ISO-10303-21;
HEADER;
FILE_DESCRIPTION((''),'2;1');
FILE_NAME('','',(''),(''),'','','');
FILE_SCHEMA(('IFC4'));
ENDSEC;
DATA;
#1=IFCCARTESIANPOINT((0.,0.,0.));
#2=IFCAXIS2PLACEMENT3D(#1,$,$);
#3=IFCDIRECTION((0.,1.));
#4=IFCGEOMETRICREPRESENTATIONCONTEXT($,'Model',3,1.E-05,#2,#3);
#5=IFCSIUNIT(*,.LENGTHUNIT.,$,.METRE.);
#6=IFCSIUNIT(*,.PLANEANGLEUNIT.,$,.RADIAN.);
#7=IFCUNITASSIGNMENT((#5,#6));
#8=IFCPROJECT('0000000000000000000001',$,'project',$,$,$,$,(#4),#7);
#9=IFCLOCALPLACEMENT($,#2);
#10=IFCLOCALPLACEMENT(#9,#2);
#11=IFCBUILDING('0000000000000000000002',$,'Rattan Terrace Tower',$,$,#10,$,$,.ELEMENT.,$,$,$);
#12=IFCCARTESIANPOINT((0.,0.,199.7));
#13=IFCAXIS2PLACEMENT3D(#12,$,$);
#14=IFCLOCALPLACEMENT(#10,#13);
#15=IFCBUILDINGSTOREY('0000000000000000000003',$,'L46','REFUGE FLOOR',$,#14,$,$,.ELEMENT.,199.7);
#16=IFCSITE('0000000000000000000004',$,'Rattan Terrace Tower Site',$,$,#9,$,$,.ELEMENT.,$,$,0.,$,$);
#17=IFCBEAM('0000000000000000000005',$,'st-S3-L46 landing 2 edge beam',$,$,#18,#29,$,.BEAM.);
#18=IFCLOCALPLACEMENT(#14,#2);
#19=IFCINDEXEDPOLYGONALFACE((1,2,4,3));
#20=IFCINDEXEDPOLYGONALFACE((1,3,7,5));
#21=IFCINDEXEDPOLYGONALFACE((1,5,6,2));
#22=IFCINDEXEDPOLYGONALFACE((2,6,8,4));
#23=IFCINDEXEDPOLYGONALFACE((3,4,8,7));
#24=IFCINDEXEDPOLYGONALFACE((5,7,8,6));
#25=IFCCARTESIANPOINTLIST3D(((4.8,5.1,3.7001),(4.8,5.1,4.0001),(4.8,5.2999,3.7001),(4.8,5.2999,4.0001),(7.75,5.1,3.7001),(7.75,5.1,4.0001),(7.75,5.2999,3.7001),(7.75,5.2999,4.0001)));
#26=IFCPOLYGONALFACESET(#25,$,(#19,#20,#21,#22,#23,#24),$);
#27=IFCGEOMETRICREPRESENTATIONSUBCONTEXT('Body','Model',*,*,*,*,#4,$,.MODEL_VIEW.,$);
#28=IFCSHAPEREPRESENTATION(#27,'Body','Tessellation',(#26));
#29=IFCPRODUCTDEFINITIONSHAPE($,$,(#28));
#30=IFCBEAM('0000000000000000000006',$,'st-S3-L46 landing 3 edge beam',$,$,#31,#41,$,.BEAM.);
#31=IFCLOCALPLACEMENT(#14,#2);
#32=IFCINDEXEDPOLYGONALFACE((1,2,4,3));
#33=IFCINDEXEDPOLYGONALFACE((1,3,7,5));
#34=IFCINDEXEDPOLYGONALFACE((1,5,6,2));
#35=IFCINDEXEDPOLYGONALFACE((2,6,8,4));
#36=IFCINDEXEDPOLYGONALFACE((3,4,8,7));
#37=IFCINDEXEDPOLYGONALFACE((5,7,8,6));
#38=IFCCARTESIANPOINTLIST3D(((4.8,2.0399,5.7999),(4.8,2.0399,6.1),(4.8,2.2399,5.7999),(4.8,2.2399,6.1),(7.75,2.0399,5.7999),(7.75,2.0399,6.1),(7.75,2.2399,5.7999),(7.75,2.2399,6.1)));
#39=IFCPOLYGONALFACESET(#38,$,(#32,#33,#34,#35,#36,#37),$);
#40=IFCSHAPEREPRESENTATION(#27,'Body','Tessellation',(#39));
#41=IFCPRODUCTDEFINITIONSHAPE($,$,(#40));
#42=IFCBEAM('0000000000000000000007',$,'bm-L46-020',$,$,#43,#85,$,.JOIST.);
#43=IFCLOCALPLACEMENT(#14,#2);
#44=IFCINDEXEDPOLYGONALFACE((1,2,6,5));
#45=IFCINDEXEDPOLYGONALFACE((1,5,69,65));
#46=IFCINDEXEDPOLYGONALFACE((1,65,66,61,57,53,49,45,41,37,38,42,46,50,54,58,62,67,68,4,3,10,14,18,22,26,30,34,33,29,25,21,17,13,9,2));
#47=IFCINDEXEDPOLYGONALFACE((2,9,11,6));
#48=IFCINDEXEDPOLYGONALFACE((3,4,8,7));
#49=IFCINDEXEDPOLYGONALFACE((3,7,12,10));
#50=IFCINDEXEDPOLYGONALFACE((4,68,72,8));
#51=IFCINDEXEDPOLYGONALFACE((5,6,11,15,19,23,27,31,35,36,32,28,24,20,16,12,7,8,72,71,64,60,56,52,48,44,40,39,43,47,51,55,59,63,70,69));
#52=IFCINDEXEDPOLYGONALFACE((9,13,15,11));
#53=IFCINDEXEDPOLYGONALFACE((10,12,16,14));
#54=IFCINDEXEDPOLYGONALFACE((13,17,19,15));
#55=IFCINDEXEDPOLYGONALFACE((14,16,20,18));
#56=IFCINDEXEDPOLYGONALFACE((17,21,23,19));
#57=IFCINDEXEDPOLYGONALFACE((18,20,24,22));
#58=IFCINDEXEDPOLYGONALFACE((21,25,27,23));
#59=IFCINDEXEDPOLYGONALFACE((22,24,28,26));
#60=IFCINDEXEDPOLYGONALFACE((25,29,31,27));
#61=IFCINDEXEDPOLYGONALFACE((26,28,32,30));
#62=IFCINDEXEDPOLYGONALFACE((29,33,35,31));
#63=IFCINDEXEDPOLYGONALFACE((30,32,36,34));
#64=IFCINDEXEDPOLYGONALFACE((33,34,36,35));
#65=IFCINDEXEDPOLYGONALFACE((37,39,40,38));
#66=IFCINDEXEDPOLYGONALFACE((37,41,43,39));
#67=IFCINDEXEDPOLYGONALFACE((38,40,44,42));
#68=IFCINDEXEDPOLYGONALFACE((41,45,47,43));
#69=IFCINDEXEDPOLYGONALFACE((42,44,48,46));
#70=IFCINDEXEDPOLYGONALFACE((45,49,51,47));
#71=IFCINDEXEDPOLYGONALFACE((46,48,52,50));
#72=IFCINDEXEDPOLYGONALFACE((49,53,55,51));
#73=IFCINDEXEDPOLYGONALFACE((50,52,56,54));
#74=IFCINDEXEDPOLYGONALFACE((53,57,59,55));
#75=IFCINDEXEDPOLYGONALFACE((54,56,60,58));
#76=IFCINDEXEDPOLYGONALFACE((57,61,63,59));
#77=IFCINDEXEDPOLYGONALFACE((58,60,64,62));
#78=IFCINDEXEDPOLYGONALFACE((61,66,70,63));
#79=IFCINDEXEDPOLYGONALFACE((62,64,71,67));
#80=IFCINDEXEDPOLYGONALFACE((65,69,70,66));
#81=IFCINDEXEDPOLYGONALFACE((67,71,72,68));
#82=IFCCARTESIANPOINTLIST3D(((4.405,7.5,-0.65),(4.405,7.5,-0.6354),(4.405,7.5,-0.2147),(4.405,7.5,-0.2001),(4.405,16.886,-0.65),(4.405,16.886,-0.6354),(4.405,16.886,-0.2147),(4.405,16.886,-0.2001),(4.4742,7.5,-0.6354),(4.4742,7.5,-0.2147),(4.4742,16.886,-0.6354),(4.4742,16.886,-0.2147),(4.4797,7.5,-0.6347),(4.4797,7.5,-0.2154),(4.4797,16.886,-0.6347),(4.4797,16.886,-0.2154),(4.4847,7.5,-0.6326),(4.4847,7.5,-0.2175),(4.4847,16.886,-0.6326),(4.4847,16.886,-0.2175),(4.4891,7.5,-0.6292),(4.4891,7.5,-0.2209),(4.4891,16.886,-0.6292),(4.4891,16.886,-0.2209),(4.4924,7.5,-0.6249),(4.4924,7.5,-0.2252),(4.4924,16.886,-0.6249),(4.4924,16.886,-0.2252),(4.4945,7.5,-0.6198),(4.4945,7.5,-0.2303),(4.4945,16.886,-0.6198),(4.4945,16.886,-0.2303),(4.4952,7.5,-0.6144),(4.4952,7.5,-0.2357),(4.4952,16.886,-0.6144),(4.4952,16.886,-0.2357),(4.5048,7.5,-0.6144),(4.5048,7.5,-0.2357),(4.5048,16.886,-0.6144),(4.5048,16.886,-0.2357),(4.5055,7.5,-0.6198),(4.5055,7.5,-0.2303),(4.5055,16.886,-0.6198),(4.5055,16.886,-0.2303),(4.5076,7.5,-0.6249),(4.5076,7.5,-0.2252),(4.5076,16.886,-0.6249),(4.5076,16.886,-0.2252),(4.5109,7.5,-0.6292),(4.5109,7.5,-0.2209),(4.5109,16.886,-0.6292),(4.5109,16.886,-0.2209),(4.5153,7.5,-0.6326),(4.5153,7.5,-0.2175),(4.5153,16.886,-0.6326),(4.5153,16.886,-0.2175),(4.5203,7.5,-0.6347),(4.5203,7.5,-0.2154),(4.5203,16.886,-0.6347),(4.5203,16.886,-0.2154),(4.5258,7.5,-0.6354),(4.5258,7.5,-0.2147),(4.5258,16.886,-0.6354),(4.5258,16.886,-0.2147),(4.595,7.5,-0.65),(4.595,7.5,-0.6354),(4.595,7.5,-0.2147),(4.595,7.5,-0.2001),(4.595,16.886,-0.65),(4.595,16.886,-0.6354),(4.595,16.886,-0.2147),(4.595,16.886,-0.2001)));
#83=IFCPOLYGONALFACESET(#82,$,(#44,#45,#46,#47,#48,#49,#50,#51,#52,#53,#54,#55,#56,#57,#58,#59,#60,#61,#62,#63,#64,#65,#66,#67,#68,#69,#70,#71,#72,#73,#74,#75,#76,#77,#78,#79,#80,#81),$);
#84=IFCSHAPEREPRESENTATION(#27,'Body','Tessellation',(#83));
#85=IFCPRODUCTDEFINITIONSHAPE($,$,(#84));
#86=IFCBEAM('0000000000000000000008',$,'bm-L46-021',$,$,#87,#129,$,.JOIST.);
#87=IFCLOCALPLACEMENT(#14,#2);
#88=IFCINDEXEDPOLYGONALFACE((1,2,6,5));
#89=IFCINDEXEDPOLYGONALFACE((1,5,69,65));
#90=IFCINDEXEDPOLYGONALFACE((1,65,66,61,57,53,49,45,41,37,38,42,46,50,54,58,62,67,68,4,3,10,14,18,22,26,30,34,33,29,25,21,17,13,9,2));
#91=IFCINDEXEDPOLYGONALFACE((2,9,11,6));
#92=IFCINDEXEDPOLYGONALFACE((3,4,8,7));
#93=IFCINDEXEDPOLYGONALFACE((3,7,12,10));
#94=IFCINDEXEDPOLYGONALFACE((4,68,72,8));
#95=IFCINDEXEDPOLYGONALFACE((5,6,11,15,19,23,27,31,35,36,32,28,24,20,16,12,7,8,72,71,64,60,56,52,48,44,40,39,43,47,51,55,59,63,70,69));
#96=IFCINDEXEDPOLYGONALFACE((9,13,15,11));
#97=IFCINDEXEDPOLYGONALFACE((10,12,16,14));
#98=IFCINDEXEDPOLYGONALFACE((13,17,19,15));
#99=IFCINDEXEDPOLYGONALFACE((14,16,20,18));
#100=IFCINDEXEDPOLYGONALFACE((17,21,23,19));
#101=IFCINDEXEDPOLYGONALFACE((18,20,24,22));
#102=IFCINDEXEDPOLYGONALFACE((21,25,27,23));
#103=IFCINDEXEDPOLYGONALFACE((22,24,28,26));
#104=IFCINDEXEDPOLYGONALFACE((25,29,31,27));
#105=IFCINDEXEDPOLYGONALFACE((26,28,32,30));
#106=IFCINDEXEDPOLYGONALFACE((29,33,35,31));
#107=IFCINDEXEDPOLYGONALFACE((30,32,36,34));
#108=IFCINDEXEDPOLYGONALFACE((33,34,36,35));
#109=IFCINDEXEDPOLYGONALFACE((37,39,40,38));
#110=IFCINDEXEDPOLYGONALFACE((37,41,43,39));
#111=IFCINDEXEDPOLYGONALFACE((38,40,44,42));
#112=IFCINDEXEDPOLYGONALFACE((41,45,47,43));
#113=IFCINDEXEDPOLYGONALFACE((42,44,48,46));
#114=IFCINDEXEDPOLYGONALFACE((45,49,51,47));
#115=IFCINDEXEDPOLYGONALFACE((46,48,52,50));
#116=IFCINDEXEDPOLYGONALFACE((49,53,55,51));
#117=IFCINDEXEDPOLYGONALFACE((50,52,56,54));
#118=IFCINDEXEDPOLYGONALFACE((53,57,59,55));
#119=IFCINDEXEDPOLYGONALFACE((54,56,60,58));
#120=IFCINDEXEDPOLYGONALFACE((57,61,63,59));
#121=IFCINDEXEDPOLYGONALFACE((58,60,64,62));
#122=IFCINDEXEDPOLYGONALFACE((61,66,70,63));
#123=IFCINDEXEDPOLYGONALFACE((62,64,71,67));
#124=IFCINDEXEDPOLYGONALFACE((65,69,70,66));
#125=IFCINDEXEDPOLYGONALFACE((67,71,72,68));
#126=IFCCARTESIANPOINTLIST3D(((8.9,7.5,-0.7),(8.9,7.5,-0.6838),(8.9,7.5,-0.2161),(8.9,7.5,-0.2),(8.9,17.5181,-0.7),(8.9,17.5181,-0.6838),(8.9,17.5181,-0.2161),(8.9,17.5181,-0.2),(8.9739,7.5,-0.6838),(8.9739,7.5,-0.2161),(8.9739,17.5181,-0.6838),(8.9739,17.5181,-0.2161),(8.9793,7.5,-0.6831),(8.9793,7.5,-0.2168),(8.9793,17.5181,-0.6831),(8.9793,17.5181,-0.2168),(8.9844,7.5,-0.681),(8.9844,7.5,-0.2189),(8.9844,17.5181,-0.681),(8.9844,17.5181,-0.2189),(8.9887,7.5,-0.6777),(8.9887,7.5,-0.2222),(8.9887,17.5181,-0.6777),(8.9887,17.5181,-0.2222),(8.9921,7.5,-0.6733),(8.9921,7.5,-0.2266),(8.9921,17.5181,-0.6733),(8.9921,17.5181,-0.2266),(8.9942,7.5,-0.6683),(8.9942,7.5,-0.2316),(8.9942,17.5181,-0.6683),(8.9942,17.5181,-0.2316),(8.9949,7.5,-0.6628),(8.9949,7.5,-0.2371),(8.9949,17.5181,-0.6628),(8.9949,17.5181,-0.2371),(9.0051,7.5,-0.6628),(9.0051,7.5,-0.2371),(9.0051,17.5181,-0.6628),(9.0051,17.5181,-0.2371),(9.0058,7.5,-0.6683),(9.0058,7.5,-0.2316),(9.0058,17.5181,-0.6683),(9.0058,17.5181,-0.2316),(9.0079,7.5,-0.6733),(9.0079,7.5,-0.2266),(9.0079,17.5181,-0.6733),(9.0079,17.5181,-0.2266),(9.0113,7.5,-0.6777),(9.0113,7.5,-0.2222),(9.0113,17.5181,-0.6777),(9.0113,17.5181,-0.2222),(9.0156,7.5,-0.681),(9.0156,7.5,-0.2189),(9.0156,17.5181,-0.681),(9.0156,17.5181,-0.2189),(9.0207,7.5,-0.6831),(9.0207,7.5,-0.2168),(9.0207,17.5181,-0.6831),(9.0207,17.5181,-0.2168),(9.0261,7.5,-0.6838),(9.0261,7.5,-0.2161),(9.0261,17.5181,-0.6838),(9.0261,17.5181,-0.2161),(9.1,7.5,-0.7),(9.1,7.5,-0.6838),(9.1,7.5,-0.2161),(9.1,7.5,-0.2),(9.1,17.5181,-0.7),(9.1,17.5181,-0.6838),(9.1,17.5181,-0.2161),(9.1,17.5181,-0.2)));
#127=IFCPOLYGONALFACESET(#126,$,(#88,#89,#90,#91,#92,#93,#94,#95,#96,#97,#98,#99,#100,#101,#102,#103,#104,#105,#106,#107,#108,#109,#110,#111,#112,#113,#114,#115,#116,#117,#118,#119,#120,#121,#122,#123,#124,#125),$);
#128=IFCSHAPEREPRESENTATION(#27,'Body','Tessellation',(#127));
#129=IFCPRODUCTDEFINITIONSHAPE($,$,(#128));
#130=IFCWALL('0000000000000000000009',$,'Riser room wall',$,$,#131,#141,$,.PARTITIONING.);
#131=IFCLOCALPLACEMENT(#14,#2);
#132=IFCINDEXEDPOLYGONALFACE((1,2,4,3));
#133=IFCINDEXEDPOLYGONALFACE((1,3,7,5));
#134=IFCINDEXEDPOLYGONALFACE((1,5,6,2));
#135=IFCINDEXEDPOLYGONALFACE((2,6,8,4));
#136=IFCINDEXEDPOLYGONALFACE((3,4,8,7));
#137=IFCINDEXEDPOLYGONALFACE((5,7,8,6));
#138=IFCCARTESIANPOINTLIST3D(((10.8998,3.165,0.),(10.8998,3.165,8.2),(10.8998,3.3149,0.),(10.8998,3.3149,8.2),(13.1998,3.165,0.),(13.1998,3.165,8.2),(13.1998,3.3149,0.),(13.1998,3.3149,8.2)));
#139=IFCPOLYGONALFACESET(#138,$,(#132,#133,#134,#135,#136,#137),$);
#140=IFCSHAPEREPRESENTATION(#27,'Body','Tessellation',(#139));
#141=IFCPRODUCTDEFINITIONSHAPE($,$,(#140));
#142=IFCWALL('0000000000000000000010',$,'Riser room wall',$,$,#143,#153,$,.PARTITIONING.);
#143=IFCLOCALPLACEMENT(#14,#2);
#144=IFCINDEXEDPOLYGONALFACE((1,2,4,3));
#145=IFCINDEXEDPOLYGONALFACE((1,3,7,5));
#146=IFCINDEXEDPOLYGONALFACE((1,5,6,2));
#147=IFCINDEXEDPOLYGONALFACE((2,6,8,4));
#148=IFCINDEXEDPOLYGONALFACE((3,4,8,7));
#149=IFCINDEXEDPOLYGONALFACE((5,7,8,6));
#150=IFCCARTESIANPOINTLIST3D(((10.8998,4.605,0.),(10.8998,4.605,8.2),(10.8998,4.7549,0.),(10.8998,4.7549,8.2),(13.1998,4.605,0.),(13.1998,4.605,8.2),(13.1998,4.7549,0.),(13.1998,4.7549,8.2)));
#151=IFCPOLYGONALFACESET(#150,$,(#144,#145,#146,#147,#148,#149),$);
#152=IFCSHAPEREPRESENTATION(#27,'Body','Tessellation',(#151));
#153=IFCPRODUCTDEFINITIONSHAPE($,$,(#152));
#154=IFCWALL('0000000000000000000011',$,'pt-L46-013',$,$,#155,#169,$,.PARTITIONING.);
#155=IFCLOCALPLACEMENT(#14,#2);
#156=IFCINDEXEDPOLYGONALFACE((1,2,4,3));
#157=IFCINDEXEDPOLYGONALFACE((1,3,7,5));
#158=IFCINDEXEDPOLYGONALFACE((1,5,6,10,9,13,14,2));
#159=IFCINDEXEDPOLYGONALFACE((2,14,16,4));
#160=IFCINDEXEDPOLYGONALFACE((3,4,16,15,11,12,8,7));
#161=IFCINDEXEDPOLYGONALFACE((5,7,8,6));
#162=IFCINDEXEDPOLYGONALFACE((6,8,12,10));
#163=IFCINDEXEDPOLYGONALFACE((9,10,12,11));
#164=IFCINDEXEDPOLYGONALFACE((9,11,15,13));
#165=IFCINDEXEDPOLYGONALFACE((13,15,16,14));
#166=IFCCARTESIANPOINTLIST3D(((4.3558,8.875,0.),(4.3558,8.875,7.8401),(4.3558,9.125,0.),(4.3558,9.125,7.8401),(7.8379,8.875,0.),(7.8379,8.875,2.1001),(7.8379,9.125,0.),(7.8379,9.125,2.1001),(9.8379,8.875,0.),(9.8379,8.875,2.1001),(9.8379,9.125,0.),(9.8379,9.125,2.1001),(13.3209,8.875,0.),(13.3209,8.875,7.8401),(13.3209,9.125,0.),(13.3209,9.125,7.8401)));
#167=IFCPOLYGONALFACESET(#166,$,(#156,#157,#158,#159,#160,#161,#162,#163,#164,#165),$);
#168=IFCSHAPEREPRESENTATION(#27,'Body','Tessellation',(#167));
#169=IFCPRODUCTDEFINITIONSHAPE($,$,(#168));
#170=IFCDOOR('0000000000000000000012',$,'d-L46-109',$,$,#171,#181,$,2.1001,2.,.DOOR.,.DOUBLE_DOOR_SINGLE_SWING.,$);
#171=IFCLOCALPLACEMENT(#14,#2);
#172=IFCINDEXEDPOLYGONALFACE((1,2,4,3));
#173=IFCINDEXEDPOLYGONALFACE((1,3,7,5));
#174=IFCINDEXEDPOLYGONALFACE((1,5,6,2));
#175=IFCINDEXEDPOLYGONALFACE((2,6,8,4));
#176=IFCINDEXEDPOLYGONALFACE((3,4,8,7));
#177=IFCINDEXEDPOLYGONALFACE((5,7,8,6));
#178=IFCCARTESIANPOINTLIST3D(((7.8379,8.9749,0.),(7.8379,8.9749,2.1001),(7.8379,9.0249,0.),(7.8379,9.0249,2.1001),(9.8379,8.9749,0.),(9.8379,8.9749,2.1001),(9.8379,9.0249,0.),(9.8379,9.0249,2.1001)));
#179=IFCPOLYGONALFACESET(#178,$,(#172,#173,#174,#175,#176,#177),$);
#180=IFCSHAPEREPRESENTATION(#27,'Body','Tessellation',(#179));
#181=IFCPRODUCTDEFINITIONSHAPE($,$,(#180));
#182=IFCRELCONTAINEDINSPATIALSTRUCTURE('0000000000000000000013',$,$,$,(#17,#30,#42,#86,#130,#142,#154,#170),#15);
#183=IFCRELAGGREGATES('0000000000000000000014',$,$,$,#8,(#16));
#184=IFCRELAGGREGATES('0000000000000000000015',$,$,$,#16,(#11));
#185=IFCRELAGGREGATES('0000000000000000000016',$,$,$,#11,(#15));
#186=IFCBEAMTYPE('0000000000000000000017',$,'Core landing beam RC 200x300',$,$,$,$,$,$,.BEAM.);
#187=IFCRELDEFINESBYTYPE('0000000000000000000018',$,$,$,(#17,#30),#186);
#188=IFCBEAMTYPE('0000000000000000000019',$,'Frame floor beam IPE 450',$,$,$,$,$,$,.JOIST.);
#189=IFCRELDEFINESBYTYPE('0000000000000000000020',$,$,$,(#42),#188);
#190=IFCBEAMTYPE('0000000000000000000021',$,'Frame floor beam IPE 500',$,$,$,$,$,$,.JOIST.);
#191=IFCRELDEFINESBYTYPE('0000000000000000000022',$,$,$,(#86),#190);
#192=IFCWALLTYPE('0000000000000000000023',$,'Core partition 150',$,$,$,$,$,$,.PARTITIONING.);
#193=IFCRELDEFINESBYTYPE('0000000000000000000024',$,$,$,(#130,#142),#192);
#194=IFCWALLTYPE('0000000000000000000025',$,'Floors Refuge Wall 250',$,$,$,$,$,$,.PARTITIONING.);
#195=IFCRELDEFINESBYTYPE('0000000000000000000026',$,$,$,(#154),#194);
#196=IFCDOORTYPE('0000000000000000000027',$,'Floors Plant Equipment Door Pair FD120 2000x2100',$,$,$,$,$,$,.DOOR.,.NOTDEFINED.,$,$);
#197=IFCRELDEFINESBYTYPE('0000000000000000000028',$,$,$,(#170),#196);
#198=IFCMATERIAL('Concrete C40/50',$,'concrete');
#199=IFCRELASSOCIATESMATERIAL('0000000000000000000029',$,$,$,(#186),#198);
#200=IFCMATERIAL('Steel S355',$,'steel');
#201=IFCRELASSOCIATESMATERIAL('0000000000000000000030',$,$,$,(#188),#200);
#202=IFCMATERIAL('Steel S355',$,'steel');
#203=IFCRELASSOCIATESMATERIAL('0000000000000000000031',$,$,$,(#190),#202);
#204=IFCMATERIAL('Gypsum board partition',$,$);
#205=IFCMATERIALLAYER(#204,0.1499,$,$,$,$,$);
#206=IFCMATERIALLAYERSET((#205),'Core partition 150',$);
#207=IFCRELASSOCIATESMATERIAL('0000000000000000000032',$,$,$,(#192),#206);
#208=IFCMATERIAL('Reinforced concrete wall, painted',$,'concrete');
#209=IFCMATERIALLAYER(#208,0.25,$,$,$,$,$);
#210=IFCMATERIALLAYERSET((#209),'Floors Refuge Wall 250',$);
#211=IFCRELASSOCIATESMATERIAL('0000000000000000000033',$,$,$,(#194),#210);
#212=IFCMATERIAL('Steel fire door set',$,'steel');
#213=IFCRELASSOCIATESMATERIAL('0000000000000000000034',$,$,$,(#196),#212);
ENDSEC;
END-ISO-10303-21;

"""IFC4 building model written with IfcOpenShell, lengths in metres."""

from ifc_helpers import new_model, si_unit, direction, frame, frame_2d, origin, origin_2d, place, context, subcontext, project, spatial, rectangle, i_section, extrude, material, layer, layer_set, material_profile, profile_set, type_object, element, fill, save


model = new_model("IFC4")

# Units and contexts
model_context = context("Model", 3, precision=1e-05, world=origin(), true_north=direction((0.0, 1.0)))
body_context = subcontext(model_context, "Body", "Model", "MODEL_VIEW")
ifc_project = project(units=[si_unit("LENGTHUNIT", "METRE"), si_unit("PLANEANGLEUNIT", "RADIAN")], contexts=[model_context])

# Site, building, storey
site_placement = place(None, origin())
site = spatial("IfcSite", under=ifc_project, at=site_placement, Name="Rattan Terrace Tower Site", CompositionType="ELEMENT", RefElevation=0.0)
building_placement = place(site_placement, origin())
building = spatial("IfcBuilding", under=site, at=building_placement, Name="Rattan Terrace Tower", CompositionType="ELEMENT")
storey_placement = place(building_placement, frame((0.0, 0.0, 199.7)))
storey = spatial("IfcBuildingStorey", under=building, at=storey_placement, Name="L46", Description="REFUGE FLOOR", CompositionType="ELEMENT", Elevation=199.7)

# Beams
ifc_material_1 = material(Name="Concrete C40/50", Category="concrete")
ifc_material_profile_1 = material_profile(ifc_material_1, rectangle(XDim=0.2, YDim=0.3, at=origin_2d()), Name="RC 200x300")
ifc_profile_set_1 = profile_set([ifc_material_profile_1], Name="Concrete C40/50")
beam_type_1 = type_object("IfcBeamType", Name="Core landing beam RC 200x300", PredefinedType="BEAM", material=ifc_profile_set_1)
for number, where, z_axis, x_axis, name in (
    (1, (4.8, 5.2, 3.8501), (1.0, 0.0, 0.0), (0.0, 1.0, 0.0), "st-S3-L46 landing 2 edge beam"),
    (2, (4.8, 2.1399, 5.95), (1.0, 0.0, 0.0), (0.0, 1.0, 0.0), "st-S3-L46 landing 3 edge beam"),
):
    element("IfcBeam", number, at=place(storey_placement, frame(where, z_axis=z_axis, x_axis=x_axis)), inside=storey, type_object=beam_type_1, Name=name, PredefinedType="BEAM", context=body_context, shape_type="SweptSolid", body=[
        extrude(rectangle(XDim=0.2, YDim=0.3, at=origin_2d()), origin(), (0.0, 0.0, 1.0), 2.95),
    ])
ifc_material_2 = material(Name="Steel S355", Category="steel")
ifc_material_profile_2 = material_profile(ifc_material_2, i_section(OverallWidth=0.1899, OverallDepth=0.45, WebThickness=0.0095, FlangeThickness=0.0146, FilletRadius=0.021, at=origin_2d()), Name="IPE 450")
ifc_profile_set_2 = profile_set([ifc_material_profile_2], Name="Steel S355")
beam_type_2 = type_object("IfcBeamType", Name="Frame floor beam IPE 450", PredefinedType="JOIST", material=ifc_profile_set_2)
beam_1_placement = place(storey_placement, frame((4.5, 7.5, -0.425), z_axis=(0.0, 1.0, 0.0), x_axis=(-1.0, 0.0, 0.0)))
element("IfcBeam", 3, at=beam_1_placement, inside=storey, type_object=beam_type_2, Name="bm-L46-020", PredefinedType="JOIST", context=body_context, shape_type="SweptSolid", body=[
    extrude(i_section(OverallWidth=0.1899, OverallDepth=0.45, WebThickness=0.0095, FlangeThickness=0.0146, FilletRadius=0.021, at=origin_2d()), origin(), (0.0, 0.0, 1.0), 9.386),
])
ifc_material_3 = material(Name="Steel S355", Category="steel")
ifc_material_profile_3 = material_profile(ifc_material_3, i_section(OverallWidth=0.2, OverallDepth=0.5, WebThickness=0.0103, FlangeThickness=0.0161, FilletRadius=0.021, at=origin_2d()), Name="IPE 500")
ifc_profile_set_3 = profile_set([ifc_material_profile_3], Name="Steel S355")
beam_type_3 = type_object("IfcBeamType", Name="Frame floor beam IPE 500", PredefinedType="JOIST", material=ifc_profile_set_3)
beam_2_placement = place(storey_placement, frame((9.0, 7.5, -0.45), z_axis=(0.0, 1.0, 0.0), x_axis=(-1.0, 0.0, 0.0)))
element("IfcBeam", 4, at=beam_2_placement, inside=storey, type_object=beam_type_3, Name="bm-L46-021", PredefinedType="JOIST", context=body_context, shape_type="SweptSolid", body=[
    extrude(i_section(OverallWidth=0.2, OverallDepth=0.5, WebThickness=0.0103, FlangeThickness=0.0161, FilletRadius=0.021, at=origin_2d()), origin(), (0.0, 0.0, 1.0), 10.0181),
])

# Walls
ifc_material_4 = material(Name="Gypsum board partition")
ifc_layer_1 = layer(ifc_material_4, 0.1499)
ifc_layer_set_1 = layer_set([ifc_layer_1], Name="Core partition 150")
wall_type_1 = type_object("IfcWallType", Name="Core partition 150", PredefinedType="PARTITIONING", material=ifc_layer_set_1)
for number, where, z_axis, x_axis, name in (
    (5, (10.8999, 3.24, 0.0), (0.0, 0.0, 1.0), (1.0, 0.0, 0.0), "Riser room wall"),
    (6, (10.8999, 4.6799, 0.0), (0.0, 0.0, 1.0), (1.0, 0.0, 0.0), "Riser room wall"),
):
    element("IfcWall", number, at=place(storey_placement, frame(where, z_axis=z_axis, x_axis=x_axis)), inside=storey, type_object=wall_type_1, Name=name, PredefinedType="PARTITIONING", context=body_context, shape_type="SweptSolid", body=[
        extrude(rectangle(XDim=2.3, YDim=0.1499, at=frame_2d((1.1499, 0.0))), origin(), (0.0, 0.0, 1.0), 8.2),
    ])

# Wall, opening, door
ifc_material_5 = material(Name="Reinforced concrete wall, painted", Category="concrete")
ifc_layer_2 = layer(ifc_material_5, 0.25)
ifc_layer_set_2 = layer_set([ifc_layer_2], Name="Floors Refuge Wall 250")
wall_type_2 = type_object("IfcWallType", Name="Floors Refuge Wall 250", PredefinedType="PARTITIONING", material=ifc_layer_set_2)
wall_1_placement = place(storey_placement, frame((4.356, 9.0, 0.0), z_axis=(0.0, 0.0, 1.0), x_axis=(1.0, 0.0, 0.0)))
wall_1 = element("IfcWall", 7, at=wall_1_placement, inside=storey, type_object=wall_type_2, Name="pt-L46-013", PredefinedType="PARTITIONING", context=body_context, shape_type="SweptSolid", body=[
    extrude(rectangle(XDim=8.9651, YDim=0.25, at=frame_2d((4.4824, 0.0))), origin(), (0.0, 0.0, 1.0), 7.8401),
])
opening_placement = place(wall_1_placement, frame((3.4819, 0.0, 0.0)))
opening = element("IfcOpeningElement", 8, at=opening_placement, cuts=wall_1, PredefinedType="OPENING", context=body_context, shape_type="SweptSolid", body=[
    extrude(rectangle(XDim=2.0, YDim=2.1001, at=frame_2d((1.0, 1.05))), frame((0.0, 0.1355, 0.0), z_axis=(0.0, -1.0, 0.0), x_axis=(1.0, 0.0, 0.0)), (0.0, 0.0, 1.0), 0.271),
])
ifc_material_6 = material(Name="Steel fire door set", Category="steel")
door_type = type_object("IfcDoorType", Name="Floors Plant Equipment Door Pair FD120 2000x2100", OperationType="NOTDEFINED", PredefinedType="DOOR", material=ifc_material_6)
door_placement = place(opening_placement, origin())
door = element("IfcDoor", 9, at=door_placement, inside=storey, type_object=door_type, Name="d-L46-109", OperationType="DOUBLE_DOOR_SINGLE_SWING", OverallHeight=2.1001, OverallWidth=2.0, PredefinedType="DOOR", context=body_context, shape_type="SweptSolid", body=[
    extrude(rectangle(XDim=2.0, YDim=2.1001, at=frame_2d((1.0, 1.05))), frame((0.0, 0.0249, 0.0), z_axis=(0.0, -1.0, 0.0), x_axis=(1.0, 0.0, 0.0)), (0.0, 0.0, 1.0), 0.05),
])
fill(opening, door)

save(model, "model.ifc")
